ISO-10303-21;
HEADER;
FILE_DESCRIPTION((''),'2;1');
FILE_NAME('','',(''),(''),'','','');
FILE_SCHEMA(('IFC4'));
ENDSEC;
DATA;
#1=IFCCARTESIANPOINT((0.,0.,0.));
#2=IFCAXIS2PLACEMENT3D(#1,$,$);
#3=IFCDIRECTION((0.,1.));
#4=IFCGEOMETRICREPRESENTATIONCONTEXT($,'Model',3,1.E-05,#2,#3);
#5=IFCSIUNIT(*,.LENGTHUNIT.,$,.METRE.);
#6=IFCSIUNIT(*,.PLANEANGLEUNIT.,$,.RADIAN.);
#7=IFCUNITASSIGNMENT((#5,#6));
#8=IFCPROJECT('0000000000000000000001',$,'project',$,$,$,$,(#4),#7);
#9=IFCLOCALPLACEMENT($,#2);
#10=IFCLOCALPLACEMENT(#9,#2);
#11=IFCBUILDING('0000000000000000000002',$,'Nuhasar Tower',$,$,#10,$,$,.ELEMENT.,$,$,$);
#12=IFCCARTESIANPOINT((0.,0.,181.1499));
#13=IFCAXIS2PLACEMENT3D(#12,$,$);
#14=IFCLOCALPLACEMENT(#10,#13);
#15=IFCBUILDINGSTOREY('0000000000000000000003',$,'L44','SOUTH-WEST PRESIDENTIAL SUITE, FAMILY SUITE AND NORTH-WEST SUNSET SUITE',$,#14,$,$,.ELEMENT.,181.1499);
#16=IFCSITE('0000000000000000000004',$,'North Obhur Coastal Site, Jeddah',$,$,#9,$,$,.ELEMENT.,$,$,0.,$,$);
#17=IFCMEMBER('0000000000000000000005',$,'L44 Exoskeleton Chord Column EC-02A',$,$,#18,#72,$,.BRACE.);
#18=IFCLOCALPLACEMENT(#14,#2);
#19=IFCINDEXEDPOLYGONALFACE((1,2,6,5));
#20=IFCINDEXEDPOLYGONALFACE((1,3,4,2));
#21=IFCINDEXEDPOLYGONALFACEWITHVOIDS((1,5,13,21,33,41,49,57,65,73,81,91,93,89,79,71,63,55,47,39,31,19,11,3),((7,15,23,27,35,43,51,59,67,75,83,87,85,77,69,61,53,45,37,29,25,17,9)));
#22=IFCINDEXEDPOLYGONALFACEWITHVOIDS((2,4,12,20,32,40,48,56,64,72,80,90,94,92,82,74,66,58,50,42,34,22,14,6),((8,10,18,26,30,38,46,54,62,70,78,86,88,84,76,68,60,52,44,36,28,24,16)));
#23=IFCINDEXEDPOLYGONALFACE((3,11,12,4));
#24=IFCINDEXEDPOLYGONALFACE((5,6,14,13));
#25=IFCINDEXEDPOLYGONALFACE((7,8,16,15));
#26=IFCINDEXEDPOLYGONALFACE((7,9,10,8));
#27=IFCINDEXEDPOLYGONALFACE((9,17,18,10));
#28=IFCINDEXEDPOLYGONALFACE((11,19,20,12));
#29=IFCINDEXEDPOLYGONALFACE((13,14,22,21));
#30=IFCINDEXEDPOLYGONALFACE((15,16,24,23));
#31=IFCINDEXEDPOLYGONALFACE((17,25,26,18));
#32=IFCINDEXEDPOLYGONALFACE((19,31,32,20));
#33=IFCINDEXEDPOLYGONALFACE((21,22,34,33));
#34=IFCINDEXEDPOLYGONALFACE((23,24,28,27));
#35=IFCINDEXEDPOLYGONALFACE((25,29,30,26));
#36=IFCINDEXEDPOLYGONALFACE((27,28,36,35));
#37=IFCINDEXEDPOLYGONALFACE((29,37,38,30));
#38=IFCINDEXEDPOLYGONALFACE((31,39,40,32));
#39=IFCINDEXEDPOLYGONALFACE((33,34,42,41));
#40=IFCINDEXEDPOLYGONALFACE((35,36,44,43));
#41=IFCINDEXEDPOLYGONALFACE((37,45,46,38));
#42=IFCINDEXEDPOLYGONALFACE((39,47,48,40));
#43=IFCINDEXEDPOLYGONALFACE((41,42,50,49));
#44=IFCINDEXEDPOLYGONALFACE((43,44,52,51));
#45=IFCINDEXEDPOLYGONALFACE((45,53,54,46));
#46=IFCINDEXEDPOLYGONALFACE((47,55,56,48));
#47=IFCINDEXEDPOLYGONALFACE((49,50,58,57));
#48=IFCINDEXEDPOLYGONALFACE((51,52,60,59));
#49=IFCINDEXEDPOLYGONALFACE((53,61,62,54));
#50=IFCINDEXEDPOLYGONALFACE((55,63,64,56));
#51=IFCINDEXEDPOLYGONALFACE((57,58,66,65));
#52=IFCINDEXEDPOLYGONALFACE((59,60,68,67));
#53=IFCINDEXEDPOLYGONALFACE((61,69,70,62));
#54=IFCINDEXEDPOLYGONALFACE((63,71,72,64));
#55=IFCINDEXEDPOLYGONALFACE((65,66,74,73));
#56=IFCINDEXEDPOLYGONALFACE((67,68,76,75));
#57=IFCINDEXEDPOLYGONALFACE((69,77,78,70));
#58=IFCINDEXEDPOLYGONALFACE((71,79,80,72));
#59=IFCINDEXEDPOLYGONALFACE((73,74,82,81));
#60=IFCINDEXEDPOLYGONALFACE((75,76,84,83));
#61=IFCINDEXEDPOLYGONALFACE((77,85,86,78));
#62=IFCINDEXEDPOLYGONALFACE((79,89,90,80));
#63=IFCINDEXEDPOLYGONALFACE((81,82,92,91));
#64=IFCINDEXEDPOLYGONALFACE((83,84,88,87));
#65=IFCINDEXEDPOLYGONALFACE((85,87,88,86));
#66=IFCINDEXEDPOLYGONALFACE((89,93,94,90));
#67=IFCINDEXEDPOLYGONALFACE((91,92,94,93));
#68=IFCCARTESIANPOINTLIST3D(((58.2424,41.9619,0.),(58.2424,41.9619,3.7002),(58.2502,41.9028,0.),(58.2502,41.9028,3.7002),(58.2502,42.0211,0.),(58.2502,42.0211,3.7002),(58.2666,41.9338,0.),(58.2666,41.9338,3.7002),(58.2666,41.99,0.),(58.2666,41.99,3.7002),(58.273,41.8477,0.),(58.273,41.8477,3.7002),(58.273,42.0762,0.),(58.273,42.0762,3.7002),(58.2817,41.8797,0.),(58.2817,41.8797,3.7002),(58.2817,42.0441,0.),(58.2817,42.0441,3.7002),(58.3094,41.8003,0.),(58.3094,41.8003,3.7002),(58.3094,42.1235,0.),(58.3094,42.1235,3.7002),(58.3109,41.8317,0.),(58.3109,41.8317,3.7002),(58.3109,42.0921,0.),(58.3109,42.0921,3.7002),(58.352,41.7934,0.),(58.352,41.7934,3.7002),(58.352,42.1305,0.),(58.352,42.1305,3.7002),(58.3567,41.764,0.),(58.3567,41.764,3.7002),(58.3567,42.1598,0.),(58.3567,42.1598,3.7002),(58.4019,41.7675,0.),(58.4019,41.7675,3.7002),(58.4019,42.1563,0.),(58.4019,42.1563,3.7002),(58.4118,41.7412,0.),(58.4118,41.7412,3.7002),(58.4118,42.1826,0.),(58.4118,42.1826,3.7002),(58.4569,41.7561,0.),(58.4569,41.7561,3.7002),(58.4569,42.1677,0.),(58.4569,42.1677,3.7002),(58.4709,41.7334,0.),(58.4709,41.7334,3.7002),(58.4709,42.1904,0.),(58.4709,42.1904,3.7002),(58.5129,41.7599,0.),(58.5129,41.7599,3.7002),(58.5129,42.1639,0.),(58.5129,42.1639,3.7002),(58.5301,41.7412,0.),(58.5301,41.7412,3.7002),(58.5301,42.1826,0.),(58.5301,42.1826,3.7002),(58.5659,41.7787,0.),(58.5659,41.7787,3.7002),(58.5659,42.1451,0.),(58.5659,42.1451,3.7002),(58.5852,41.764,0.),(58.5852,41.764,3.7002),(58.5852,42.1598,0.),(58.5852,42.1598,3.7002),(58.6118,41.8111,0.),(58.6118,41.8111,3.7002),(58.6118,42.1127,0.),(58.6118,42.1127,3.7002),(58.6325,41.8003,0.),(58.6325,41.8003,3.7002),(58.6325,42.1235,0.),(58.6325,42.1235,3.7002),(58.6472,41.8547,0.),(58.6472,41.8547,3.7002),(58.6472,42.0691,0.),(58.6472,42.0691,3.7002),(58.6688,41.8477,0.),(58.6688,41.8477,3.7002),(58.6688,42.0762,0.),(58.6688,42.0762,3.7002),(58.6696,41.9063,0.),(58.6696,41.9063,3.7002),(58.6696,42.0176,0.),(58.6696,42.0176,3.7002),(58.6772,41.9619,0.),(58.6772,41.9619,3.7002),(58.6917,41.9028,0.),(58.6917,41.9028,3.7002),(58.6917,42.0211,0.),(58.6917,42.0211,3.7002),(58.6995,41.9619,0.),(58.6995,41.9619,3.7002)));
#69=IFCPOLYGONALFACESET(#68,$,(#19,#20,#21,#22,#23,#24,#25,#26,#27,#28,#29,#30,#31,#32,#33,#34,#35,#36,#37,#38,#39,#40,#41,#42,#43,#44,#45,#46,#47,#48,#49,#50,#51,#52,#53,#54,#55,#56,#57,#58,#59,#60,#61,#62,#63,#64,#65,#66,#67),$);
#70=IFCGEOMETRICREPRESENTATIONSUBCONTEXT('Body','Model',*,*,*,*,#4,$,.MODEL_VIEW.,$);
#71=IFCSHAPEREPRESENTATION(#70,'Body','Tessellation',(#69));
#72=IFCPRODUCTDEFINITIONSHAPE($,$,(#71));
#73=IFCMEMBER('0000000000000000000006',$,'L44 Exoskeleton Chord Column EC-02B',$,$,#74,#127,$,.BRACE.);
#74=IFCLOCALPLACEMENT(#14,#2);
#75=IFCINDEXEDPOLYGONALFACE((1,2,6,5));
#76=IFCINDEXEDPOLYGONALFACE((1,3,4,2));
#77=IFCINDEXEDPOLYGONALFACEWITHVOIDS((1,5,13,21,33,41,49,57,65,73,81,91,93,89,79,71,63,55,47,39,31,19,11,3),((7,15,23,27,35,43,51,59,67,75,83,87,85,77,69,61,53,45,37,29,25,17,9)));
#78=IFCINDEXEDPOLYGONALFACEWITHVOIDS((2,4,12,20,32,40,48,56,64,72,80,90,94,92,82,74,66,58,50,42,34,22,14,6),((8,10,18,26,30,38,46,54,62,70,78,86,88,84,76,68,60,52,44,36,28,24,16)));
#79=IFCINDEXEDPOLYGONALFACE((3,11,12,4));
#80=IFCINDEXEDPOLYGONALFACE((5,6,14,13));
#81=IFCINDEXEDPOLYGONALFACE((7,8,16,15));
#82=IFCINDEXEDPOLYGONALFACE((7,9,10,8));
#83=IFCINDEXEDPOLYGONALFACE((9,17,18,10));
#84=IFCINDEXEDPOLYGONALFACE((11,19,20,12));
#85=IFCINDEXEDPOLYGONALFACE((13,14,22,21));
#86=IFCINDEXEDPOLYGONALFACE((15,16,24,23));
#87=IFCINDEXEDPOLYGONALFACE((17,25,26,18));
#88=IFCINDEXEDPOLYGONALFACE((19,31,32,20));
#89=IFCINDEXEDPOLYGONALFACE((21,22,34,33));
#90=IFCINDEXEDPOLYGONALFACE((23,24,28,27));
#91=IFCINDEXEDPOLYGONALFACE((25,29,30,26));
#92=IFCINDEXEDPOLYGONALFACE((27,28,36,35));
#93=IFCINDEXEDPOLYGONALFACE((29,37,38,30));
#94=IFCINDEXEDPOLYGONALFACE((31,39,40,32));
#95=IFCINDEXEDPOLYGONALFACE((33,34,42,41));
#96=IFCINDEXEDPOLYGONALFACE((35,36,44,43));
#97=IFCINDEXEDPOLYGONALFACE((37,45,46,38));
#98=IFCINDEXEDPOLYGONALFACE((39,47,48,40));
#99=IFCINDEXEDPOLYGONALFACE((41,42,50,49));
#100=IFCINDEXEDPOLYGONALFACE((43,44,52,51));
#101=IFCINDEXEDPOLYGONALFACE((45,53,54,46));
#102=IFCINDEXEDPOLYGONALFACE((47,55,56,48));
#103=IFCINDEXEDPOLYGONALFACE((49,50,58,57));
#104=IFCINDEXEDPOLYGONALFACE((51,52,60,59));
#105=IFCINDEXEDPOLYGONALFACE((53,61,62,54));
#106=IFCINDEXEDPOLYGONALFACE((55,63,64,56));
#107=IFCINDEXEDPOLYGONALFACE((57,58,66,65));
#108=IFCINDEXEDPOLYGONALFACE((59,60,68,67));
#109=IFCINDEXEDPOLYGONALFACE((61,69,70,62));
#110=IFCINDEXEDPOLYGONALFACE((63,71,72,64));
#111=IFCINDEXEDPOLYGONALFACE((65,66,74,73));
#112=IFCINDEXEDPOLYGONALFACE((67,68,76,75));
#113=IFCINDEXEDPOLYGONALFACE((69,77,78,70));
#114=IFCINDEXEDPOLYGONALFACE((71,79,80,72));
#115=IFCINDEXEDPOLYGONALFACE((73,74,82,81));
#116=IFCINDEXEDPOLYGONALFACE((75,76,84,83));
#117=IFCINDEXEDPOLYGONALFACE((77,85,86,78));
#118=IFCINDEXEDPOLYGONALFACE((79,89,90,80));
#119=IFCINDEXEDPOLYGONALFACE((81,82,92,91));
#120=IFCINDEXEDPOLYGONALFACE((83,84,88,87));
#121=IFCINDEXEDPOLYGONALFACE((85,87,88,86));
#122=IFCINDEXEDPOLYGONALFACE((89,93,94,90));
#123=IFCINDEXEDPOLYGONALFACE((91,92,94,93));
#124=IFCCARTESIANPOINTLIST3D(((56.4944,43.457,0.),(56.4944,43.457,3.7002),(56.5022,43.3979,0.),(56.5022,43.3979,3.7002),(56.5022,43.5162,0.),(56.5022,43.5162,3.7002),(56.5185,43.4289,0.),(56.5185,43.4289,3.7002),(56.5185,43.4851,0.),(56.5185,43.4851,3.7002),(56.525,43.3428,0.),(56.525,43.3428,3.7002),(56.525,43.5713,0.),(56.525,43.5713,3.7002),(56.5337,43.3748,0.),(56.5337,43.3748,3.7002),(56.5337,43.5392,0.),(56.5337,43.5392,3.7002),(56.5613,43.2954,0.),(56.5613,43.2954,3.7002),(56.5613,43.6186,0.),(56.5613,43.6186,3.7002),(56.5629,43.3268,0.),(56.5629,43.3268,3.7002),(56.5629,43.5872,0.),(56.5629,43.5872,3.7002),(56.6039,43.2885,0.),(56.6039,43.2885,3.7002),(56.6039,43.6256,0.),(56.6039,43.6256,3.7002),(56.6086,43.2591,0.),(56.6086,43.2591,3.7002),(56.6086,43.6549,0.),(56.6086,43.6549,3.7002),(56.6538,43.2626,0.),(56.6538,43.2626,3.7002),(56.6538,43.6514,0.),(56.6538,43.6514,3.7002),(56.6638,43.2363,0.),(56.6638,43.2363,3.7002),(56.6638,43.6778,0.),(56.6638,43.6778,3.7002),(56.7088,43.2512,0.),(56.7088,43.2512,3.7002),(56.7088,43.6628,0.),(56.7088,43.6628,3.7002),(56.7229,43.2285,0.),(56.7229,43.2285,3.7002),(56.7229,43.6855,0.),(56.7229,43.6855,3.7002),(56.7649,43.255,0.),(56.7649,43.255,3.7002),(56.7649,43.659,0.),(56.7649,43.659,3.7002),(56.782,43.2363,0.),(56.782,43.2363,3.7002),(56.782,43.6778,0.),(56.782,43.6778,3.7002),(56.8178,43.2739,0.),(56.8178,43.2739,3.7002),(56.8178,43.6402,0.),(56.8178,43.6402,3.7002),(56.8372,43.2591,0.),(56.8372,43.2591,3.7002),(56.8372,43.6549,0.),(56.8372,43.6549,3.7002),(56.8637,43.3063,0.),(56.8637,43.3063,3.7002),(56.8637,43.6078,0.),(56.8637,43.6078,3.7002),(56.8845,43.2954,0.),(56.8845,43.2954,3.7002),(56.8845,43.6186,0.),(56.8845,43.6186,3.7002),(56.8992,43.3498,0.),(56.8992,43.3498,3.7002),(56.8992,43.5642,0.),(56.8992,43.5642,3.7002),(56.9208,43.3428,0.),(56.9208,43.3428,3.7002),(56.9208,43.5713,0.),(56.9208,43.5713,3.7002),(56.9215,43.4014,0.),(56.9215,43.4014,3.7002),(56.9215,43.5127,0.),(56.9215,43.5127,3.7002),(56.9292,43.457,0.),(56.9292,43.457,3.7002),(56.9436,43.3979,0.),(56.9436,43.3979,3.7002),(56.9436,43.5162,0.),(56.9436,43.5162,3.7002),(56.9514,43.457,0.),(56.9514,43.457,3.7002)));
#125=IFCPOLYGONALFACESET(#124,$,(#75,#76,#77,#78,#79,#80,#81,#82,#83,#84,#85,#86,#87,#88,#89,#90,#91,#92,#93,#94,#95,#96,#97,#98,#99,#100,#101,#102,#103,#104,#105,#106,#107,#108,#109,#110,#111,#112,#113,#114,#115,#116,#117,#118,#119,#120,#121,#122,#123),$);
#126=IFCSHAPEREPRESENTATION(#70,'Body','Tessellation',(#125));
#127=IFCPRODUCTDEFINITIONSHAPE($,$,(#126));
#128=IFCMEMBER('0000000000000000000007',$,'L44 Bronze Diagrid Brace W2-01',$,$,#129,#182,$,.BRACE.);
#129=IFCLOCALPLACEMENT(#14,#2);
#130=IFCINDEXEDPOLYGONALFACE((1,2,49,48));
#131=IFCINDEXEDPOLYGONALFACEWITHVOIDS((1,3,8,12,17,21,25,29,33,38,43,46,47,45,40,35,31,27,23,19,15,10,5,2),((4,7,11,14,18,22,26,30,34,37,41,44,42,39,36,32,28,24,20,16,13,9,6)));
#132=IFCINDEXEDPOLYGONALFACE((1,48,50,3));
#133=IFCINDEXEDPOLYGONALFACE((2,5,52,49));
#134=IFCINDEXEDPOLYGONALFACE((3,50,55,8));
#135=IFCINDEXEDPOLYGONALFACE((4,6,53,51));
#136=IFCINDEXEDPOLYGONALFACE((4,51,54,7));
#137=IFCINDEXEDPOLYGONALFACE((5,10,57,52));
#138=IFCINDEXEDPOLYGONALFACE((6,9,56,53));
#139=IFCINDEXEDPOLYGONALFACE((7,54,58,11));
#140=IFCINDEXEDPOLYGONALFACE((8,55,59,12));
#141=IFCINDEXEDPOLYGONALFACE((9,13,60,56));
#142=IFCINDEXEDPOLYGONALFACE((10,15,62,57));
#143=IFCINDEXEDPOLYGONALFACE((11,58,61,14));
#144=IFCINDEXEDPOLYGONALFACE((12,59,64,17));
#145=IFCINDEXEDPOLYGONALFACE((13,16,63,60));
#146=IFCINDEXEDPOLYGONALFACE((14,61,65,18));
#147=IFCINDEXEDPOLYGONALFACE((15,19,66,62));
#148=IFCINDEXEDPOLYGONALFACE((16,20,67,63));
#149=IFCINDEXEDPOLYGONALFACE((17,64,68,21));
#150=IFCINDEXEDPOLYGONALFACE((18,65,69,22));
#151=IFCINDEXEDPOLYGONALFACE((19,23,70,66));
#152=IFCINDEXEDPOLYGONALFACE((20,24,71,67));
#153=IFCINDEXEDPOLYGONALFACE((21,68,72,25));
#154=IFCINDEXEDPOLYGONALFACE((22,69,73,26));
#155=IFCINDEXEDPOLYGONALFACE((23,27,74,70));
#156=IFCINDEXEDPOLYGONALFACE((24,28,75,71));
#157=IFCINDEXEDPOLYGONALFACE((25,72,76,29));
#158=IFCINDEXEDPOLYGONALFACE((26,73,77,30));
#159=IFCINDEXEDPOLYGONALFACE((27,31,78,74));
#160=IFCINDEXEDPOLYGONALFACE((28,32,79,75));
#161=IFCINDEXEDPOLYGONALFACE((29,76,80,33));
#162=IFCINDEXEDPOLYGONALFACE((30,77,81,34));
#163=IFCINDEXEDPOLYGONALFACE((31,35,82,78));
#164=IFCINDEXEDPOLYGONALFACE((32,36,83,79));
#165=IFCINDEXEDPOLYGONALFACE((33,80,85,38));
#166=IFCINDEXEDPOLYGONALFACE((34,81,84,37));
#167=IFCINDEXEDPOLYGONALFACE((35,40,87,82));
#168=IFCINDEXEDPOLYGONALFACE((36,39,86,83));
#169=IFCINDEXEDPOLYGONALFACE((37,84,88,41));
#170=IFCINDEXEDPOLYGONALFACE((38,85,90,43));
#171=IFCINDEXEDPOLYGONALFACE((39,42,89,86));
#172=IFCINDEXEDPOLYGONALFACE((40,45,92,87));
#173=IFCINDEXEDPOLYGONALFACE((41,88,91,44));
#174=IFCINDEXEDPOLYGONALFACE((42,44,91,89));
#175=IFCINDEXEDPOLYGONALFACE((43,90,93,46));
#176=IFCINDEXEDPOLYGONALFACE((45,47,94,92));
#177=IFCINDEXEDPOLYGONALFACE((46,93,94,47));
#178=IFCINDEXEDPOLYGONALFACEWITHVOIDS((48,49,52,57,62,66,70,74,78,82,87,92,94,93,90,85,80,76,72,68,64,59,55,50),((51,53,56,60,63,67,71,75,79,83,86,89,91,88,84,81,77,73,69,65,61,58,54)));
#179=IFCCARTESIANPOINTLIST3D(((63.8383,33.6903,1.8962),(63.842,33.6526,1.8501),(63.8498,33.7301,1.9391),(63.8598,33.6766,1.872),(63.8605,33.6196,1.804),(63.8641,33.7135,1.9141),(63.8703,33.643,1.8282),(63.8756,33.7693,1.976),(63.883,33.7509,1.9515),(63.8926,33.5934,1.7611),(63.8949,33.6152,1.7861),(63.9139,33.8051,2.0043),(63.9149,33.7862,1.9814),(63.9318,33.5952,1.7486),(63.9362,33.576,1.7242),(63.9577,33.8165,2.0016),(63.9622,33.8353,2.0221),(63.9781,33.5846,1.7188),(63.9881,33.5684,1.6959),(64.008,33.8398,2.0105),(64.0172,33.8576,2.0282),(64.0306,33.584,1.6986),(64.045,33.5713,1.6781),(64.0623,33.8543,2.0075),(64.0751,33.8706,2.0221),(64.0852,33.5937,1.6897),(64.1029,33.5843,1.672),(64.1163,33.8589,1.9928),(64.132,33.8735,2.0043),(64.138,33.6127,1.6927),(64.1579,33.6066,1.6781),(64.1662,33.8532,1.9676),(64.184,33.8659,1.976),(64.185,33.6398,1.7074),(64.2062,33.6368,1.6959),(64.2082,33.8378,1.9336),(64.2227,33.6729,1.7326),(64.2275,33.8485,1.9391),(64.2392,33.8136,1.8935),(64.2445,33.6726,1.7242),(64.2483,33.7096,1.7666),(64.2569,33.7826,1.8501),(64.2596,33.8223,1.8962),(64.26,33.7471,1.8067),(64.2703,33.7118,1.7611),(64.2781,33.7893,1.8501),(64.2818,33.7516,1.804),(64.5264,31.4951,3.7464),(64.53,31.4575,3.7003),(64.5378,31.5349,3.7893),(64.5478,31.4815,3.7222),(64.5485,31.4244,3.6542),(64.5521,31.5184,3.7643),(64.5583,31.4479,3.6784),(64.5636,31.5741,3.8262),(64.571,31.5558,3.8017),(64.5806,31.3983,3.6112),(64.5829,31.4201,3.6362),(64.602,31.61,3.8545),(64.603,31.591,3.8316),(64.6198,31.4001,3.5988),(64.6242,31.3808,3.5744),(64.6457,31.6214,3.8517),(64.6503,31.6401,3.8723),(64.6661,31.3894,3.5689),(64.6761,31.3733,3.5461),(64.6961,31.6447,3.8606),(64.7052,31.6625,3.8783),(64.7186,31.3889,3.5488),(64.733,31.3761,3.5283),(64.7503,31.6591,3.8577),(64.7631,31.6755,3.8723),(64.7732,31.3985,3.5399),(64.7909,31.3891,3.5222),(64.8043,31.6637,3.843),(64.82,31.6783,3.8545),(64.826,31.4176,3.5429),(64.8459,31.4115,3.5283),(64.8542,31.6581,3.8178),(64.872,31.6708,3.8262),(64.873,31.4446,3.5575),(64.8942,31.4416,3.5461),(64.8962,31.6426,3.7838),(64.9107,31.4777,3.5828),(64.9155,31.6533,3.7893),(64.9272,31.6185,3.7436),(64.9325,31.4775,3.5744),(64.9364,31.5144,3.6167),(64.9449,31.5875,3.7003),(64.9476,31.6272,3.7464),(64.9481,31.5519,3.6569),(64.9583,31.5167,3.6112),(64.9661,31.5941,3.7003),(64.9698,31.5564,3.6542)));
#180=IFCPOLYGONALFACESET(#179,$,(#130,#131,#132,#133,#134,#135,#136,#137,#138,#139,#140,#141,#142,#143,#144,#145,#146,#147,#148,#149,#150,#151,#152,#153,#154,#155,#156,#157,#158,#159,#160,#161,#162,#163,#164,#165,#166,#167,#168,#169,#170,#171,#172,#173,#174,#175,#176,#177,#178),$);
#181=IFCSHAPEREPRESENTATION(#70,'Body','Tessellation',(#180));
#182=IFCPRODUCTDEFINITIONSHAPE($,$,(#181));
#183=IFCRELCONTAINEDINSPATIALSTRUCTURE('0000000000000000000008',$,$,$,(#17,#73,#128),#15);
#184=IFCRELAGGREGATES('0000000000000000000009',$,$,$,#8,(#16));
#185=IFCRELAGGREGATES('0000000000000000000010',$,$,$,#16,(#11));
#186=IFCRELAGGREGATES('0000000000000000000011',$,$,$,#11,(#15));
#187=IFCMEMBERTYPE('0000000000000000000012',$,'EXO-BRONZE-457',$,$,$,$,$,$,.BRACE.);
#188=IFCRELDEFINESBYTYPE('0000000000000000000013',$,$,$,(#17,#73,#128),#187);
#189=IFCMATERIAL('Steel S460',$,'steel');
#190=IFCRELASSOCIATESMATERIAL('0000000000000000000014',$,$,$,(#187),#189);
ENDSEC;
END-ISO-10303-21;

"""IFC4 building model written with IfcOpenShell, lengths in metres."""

from ifc_helpers import new_model, si_unit, direction, frame, origin, origin_2d, place, context, subcontext, project, spatial, hollow_circle, extrude, material, material_profile, profile_set, type_object, element, save


model = new_model("IFC4")

# Units and contexts
model_context = context("Model", 3, precision=1e-05, world=origin(), true_north=direction((0.0, 1.0)))
body_context = subcontext(model_context, "Body", "Model", "MODEL_VIEW")
ifc_project = project(units=[si_unit("LENGTHUNIT", "METRE"), si_unit("PLANEANGLEUNIT", "RADIAN")], contexts=[model_context])

# Site, building, storey
site_placement = place(None, origin())
site = spatial("IfcSite", under=ifc_project, at=site_placement, Name="North Obhur Coastal Site, Jeddah", CompositionType="ELEMENT", RefElevation=0.0)
building_placement = place(site_placement, origin())
building = spatial("IfcBuilding", under=site, at=building_placement, Name="Nuhasar Tower", CompositionType="ELEMENT")
storey_placement = place(building_placement, frame((0.0, 0.0, 181.1499)))
storey = spatial("IfcBuildingStorey", under=building, at=storey_placement, Name="L44", Description="SOUTH-WEST PRESIDENTIAL SUITE, FAMILY SUITE AND NORTH-WEST SUNSET SUITE", CompositionType="ELEMENT", Elevation=181.1499)

# Members
ifc_material_1 = material(Name="Steel S460", Category="steel")
ifc_material_profile_1 = material_profile(ifc_material_1, hollow_circle(Radius=0.2285, WallThickness=0.0222, at=origin_2d()), Name="HSS457X22.2")
ifc_profile_set_1 = profile_set([ifc_material_profile_1], Name="Steel S460")
member_type_1 = type_object("IfcMemberType", Name="EXO-BRONZE-457", PredefinedType="BRACE", material=ifc_profile_set_1)
for number, where, z_axis, x_axis, name in (
    (1, (58.4709, 41.9619, 0.0), (0.0, 0.0, 1.0), (1.0, 0.0, 0.0), "L44 Exoskeleton Chord Column EC-02A"),
    (2, (56.7229, 43.457, 0.0), (0.0, 0.0, 1.0), (1.0, 0.0, 0.0), "L44 Exoskeleton Chord Column EC-02B"),
):
    element("IfcMember", number, at=place(storey_placement, frame(where, z_axis=z_axis, x_axis=x_axis)), inside=storey, type_object=member_type_1, Name=name, PredefinedType="BRACE", context=body_context, shape_type="SweptSolid", body=[
        extrude(hollow_circle(Radius=0.2285, WallThickness=0.0222, at=origin_2d()), origin(), (0.0, 0.0, 1.0), 3.7002),
    ])
member_1_placement = place(storey_placement, frame((64.0601, 33.7209, 1.8501), z_axis=(0.233056, -0.743578, 0.626719), x_axis=(0.954228, 0.299079, 0.0)))
element("IfcMember", 3, at=member_1_placement, inside=storey, type_object=member_type_1, Name="L44 Bronze Diagrid Brace W2-01", PredefinedType="BRACE", context=body_context, shape_type="SweptSolid", body=[
    extrude(hollow_circle(Radius=0.2285, WallThickness=0.0222, at=origin_2d()), origin(), (0.0, 0.0, 1.0), 2.9521),
])

save(model, "model.ifc")
